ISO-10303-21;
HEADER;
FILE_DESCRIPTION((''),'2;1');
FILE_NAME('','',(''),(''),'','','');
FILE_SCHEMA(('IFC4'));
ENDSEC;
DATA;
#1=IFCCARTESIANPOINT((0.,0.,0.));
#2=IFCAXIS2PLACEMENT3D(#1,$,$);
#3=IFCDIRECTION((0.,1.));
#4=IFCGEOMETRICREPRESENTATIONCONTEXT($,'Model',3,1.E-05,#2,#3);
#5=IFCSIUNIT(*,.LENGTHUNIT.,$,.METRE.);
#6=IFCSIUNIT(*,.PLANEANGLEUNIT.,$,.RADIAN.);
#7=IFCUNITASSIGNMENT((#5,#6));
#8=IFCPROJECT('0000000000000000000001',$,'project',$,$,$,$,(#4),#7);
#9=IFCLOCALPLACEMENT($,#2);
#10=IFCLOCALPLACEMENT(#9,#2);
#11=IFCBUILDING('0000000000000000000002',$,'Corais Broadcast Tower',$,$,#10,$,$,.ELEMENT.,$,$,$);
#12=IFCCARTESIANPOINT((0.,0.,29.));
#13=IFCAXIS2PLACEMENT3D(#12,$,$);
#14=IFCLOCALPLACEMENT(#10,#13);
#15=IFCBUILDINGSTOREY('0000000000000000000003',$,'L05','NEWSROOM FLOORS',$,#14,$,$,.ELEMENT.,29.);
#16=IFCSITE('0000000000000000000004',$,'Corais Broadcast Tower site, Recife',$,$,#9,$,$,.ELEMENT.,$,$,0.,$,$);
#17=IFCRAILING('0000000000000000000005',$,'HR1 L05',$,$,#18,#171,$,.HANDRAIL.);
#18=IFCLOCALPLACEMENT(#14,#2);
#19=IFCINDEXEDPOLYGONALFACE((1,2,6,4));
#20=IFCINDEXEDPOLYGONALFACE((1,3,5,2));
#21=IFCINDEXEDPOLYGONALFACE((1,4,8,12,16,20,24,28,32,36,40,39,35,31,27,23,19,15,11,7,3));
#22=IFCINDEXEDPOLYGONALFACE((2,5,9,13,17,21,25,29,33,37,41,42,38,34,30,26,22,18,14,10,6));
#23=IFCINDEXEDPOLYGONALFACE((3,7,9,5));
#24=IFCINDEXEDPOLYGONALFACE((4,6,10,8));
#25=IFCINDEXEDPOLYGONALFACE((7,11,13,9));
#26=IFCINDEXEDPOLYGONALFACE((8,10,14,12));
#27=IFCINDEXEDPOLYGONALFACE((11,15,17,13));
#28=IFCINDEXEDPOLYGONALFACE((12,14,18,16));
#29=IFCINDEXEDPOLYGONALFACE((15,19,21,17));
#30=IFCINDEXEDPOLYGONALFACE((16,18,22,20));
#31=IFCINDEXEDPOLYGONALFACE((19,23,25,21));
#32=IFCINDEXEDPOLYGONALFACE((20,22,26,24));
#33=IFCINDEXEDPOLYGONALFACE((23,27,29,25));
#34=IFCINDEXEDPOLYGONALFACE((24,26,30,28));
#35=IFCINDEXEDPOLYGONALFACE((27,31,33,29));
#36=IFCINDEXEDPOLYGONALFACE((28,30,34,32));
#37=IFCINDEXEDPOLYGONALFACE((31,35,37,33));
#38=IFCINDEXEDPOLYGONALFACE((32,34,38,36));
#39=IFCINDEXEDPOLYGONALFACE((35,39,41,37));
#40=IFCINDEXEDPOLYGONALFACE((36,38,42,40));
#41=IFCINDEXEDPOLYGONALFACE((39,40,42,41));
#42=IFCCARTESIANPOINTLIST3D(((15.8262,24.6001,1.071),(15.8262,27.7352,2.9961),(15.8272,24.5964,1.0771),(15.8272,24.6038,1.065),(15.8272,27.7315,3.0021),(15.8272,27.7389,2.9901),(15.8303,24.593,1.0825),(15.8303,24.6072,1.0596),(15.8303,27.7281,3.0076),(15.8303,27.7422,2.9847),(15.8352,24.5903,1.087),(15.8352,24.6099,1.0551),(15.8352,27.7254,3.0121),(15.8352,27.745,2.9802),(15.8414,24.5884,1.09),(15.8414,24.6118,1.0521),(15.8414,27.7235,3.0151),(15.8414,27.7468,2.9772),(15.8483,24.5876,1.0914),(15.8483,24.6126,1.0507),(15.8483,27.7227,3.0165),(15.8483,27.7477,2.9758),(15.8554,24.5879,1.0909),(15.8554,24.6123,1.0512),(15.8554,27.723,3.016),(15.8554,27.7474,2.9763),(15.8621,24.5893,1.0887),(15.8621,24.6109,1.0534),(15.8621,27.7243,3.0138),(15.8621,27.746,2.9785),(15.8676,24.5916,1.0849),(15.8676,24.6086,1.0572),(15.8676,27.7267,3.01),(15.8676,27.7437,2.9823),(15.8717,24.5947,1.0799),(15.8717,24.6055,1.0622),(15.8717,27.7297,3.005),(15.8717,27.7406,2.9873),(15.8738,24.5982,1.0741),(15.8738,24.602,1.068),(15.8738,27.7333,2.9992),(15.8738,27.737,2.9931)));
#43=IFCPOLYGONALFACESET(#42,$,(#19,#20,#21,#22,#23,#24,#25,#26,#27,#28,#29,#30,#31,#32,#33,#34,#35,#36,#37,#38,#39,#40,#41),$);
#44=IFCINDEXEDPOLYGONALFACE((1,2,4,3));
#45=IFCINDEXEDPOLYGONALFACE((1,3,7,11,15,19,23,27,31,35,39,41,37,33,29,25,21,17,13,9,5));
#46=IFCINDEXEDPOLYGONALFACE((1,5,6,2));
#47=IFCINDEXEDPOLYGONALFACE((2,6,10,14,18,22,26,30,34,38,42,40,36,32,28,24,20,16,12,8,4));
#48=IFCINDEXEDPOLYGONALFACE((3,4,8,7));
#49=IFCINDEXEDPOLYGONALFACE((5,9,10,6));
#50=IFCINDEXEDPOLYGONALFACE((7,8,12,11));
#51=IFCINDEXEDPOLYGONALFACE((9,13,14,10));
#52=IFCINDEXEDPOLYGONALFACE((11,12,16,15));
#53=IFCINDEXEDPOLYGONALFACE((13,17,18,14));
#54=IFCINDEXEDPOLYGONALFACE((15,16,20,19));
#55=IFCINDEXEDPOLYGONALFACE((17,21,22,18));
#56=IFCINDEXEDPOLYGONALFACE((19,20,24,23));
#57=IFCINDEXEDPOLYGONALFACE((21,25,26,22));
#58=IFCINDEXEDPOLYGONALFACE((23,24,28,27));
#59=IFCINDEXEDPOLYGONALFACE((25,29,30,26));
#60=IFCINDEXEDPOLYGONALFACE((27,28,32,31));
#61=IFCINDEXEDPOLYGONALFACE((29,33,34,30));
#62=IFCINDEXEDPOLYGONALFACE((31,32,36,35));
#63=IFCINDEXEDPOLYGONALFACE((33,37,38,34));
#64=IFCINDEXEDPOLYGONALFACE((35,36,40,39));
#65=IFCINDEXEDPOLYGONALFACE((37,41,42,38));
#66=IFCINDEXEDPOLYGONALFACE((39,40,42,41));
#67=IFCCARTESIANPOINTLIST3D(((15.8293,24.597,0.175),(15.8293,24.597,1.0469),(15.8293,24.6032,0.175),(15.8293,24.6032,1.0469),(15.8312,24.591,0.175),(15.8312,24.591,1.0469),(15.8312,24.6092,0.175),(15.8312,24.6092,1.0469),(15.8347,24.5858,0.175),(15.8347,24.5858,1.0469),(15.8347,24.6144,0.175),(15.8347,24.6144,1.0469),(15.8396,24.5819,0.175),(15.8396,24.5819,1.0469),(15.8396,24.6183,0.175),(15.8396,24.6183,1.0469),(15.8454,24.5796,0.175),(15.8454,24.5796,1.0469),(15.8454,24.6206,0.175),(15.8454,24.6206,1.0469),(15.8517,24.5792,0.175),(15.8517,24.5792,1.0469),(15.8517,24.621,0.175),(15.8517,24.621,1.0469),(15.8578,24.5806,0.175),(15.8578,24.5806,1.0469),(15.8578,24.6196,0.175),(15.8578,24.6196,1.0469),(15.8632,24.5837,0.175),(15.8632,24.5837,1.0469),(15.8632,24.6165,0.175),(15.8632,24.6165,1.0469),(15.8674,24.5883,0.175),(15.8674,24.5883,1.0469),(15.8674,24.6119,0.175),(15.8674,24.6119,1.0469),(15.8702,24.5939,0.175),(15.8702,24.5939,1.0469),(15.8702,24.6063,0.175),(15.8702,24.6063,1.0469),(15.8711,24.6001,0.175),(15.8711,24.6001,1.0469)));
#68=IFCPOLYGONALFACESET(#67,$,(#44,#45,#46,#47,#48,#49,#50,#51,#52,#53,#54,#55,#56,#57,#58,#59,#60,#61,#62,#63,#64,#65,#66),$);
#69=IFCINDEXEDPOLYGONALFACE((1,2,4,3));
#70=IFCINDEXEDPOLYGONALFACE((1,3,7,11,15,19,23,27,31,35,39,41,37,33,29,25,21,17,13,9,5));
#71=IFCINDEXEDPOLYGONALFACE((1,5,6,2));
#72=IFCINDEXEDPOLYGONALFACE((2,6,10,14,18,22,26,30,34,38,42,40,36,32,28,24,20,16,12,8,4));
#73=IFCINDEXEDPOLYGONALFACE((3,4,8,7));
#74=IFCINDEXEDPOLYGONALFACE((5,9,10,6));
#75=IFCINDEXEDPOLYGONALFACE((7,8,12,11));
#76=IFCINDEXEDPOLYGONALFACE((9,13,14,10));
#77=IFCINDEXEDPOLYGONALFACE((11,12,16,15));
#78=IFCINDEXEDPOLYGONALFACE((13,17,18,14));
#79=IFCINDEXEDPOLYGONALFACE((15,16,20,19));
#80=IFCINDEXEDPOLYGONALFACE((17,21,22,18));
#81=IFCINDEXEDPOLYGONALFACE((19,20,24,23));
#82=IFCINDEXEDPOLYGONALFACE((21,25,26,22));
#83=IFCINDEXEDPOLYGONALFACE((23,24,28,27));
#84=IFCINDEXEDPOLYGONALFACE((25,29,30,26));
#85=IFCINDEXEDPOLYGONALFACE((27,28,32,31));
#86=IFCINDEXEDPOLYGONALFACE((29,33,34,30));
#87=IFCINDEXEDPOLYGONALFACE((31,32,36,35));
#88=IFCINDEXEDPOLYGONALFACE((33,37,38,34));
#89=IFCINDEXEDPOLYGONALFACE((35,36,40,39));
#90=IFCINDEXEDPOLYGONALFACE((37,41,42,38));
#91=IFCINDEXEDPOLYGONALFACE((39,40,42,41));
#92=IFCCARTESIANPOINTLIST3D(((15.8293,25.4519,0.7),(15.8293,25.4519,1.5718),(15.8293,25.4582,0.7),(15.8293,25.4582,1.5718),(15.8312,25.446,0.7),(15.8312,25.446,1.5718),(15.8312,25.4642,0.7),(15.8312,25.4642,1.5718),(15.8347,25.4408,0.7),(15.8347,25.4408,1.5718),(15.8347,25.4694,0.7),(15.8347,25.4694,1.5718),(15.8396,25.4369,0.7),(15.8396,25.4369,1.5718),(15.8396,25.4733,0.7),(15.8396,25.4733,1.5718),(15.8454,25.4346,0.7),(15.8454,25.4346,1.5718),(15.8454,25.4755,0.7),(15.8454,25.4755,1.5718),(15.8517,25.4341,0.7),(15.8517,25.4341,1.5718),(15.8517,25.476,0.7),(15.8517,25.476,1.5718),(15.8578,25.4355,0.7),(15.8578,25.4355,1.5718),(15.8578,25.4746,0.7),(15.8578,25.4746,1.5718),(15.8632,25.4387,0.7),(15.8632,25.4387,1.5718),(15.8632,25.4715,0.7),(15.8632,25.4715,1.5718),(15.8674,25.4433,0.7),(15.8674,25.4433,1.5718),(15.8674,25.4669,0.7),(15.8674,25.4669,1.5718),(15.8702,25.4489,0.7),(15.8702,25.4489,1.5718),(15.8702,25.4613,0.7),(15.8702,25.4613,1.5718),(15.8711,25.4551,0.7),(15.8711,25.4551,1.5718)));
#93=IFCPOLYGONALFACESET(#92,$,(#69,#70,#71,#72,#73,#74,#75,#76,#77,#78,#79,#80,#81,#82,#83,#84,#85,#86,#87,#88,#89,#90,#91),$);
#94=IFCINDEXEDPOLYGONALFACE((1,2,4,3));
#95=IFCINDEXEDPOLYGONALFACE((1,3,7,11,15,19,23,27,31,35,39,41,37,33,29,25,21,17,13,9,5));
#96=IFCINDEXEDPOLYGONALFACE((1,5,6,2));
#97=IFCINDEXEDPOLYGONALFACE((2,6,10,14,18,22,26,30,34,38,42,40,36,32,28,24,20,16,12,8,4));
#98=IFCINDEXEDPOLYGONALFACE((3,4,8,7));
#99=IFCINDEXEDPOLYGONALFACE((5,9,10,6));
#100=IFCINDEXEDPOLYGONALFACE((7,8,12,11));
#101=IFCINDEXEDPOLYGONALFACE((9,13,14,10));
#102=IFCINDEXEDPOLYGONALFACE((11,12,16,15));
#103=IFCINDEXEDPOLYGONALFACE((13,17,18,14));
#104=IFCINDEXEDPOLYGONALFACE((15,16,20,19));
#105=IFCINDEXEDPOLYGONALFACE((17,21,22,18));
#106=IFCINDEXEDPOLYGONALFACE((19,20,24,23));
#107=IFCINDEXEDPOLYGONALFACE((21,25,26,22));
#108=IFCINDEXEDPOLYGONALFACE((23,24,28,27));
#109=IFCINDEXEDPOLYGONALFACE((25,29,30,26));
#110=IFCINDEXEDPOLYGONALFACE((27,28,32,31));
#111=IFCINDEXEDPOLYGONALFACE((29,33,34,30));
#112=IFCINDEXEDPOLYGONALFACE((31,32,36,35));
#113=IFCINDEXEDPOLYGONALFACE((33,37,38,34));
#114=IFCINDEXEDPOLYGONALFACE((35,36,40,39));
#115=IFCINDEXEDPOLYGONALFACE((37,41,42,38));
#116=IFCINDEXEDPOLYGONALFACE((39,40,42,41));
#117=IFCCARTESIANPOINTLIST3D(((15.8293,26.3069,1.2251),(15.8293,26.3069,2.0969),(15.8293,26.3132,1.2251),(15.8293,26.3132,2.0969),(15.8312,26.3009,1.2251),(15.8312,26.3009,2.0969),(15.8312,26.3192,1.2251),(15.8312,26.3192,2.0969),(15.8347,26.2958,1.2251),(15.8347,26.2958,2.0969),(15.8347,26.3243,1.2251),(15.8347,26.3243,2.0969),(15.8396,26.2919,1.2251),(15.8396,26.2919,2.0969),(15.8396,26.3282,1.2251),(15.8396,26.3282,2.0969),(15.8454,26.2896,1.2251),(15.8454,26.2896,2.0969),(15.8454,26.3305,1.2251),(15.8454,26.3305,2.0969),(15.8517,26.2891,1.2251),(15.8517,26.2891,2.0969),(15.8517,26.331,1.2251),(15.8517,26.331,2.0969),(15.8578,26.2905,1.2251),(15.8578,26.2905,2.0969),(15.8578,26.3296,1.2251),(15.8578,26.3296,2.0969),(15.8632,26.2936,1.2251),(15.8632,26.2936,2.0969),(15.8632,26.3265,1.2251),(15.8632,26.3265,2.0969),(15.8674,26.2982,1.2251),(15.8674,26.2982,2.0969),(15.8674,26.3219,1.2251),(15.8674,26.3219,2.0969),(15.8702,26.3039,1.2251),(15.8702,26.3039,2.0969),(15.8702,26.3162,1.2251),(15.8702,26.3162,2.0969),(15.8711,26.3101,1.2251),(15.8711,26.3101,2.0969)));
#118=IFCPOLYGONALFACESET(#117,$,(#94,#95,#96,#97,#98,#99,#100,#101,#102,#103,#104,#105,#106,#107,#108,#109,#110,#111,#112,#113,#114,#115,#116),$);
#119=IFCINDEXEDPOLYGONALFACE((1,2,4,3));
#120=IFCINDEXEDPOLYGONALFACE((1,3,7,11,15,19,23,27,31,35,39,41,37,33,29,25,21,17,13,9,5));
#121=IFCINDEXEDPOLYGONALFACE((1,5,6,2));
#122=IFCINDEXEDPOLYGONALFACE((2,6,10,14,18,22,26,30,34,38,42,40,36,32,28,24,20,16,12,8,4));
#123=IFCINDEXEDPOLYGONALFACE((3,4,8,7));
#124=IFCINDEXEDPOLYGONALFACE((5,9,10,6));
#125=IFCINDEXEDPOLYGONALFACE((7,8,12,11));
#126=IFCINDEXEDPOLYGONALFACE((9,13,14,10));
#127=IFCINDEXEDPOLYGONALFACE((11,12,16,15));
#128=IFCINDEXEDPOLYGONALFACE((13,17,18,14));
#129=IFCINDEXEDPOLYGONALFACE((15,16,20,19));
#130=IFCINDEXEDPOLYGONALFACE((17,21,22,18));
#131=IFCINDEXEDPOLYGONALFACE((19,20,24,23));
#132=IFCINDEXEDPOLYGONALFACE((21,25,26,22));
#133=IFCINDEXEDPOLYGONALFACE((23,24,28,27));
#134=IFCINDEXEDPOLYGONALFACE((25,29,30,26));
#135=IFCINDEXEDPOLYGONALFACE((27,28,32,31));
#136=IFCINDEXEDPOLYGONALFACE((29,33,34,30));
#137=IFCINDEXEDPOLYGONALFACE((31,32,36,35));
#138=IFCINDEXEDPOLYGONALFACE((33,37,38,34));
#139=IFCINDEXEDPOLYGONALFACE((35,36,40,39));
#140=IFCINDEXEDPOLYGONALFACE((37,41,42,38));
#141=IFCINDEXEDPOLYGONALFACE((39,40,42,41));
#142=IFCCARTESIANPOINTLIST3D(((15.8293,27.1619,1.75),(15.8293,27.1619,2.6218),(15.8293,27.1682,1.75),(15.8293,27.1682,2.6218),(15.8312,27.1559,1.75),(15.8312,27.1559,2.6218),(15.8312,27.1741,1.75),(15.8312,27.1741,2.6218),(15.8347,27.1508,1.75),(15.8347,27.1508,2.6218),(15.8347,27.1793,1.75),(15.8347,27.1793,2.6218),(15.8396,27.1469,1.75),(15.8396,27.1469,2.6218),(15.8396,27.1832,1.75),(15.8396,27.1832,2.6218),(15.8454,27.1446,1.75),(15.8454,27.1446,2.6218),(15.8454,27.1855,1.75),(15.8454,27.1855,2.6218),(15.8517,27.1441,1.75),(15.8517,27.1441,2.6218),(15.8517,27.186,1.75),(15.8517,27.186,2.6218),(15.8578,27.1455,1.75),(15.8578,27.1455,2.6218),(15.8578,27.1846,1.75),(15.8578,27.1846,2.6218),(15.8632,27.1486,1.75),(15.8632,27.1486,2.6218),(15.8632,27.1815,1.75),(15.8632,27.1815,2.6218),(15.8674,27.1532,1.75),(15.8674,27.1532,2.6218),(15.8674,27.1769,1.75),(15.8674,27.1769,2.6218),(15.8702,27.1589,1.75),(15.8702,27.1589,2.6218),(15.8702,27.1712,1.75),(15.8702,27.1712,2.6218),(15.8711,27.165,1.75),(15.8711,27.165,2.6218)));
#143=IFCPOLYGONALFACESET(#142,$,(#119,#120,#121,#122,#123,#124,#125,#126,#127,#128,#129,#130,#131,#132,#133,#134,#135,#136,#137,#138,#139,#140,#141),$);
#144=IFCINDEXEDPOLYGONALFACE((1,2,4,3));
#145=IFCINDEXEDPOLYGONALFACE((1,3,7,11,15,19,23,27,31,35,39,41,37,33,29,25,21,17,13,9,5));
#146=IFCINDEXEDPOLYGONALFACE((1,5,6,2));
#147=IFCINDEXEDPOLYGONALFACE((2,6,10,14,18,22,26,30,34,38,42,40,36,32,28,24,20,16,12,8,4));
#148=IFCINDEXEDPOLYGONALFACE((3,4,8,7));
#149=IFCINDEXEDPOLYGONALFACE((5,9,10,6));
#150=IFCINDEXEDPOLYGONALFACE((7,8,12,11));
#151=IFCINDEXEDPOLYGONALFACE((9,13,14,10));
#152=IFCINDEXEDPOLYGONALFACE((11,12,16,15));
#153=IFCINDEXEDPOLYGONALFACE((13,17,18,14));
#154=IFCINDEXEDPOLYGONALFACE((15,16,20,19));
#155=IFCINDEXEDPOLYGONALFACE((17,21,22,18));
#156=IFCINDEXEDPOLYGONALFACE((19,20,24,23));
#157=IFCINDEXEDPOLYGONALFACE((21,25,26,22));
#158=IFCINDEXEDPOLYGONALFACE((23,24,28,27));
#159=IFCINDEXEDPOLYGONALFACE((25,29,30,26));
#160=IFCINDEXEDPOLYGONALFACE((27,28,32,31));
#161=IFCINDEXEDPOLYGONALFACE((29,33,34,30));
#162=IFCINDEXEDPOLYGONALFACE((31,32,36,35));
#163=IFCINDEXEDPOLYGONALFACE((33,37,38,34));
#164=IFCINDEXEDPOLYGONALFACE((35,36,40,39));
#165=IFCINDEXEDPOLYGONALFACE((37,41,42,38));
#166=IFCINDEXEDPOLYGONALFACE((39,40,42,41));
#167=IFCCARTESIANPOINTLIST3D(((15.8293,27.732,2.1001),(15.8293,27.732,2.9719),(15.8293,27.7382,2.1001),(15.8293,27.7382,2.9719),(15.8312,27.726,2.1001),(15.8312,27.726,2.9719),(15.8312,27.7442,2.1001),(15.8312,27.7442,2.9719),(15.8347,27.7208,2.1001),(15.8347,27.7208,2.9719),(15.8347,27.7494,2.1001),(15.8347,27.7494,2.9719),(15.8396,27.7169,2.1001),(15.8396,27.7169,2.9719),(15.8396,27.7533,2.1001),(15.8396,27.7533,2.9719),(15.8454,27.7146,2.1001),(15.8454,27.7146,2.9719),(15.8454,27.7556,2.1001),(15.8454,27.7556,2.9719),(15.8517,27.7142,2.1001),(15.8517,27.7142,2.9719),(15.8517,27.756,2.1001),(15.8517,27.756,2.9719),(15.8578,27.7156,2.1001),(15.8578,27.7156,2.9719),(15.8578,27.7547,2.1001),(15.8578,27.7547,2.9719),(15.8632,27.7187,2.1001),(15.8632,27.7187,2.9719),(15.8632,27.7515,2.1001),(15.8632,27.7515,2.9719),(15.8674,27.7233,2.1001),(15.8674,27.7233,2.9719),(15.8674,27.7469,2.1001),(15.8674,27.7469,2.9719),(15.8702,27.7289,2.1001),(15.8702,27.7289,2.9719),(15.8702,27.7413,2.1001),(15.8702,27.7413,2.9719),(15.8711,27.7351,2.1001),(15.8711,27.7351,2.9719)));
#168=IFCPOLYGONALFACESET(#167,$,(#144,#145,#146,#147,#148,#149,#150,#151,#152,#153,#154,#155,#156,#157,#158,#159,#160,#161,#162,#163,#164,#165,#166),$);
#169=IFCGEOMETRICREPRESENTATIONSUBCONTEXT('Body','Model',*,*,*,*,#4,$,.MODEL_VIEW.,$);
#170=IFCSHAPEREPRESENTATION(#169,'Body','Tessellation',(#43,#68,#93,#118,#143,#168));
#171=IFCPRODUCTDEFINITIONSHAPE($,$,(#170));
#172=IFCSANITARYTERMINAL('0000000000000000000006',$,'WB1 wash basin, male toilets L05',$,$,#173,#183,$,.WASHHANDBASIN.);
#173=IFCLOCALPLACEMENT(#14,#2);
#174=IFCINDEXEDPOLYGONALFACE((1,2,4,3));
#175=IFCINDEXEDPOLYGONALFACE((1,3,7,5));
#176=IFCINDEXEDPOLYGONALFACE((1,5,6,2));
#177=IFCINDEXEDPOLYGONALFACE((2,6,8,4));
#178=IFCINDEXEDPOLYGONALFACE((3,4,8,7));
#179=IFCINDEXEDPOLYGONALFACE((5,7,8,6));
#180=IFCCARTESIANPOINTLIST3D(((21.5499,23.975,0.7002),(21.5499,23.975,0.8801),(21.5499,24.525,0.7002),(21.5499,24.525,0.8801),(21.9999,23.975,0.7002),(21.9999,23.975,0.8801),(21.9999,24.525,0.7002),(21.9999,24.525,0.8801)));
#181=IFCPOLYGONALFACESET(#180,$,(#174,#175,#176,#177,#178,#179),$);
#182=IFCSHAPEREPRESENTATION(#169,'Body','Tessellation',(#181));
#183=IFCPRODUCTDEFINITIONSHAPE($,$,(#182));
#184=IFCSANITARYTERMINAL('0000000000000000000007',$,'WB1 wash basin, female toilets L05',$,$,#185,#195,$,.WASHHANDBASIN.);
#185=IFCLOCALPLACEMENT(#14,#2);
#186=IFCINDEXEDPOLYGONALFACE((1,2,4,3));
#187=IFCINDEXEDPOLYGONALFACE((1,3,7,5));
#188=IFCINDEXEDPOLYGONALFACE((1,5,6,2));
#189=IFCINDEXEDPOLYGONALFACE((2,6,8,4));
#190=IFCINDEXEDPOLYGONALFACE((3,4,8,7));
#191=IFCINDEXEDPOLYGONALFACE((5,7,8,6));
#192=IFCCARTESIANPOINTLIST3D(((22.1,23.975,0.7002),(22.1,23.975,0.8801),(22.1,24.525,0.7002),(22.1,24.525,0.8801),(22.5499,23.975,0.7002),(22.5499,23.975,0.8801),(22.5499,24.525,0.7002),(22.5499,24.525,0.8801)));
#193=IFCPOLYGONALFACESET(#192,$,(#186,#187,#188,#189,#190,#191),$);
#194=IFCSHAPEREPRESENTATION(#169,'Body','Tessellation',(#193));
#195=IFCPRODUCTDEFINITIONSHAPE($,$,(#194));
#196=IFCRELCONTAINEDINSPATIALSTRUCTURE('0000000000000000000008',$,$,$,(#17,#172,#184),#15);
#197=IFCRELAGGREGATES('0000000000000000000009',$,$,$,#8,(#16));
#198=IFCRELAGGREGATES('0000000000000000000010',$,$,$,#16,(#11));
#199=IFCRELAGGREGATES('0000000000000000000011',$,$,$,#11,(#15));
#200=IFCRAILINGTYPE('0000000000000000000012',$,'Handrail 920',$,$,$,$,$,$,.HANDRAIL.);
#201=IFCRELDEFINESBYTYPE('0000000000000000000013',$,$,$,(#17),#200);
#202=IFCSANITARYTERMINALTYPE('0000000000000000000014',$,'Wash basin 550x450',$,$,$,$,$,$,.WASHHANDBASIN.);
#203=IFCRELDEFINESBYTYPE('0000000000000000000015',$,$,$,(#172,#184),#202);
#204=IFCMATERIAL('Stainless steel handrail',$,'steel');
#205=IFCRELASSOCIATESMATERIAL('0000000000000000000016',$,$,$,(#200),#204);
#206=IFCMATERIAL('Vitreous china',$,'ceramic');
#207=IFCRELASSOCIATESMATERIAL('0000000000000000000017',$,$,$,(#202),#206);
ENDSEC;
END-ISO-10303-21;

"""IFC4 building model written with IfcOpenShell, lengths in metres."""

from ifc_helpers import new_model, si_unit, direction, frame, origin, origin_2d, place, context, subcontext, project, spatial, rectangle, circle, extrude, material, type_object, element, save


model = new_model("IFC4")

# Units and contexts
model_context = context("Model", 3, precision=1e-05, world=origin(), true_north=direction((0.0, 1.0)))
body_context = subcontext(model_context, "Body", "Model", "MODEL_VIEW")
ifc_project = project(units=[si_unit("LENGTHUNIT", "METRE"), si_unit("PLANEANGLEUNIT", "RADIAN")], contexts=[model_context])

# Site, building, storey
site_placement = place(None, origin())
site = spatial("IfcSite", under=ifc_project, at=site_placement, Name="Corais Broadcast Tower site, Recife", CompositionType="ELEMENT", RefElevation=0.0)
building_placement = place(site_placement, origin())
building = spatial("IfcBuilding", under=site, at=building_placement, Name="Corais Broadcast Tower", CompositionType="ELEMENT")
storey_placement = place(building_placement, frame((0.0, 0.0, 29.0)))
storey = spatial("IfcBuildingStorey", under=building, at=storey_placement, Name="L05", Description="NEWSROOM FLOORS", CompositionType="ELEMENT", Elevation=29.0)

# Railing
ifc_material_1 = material(Name="Stainless steel handrail", Category="steel")
railing_type = type_object("IfcRailingType", Name="Handrail 920", PredefinedType="HANDRAIL", material=ifc_material_1)
for number, where, name in (
    (1, (15.8501, 24.6001, 0.175), "HR1 L05"),
):
    element("IfcRailing", number, at=place(storey_placement, frame(where)), inside=storey, type_object=railing_type, Name=name, PredefinedType="HANDRAIL", context=body_context, shape_type="SweptSolid", body=[
        extrude(circle(Radius=0.0239, at=origin_2d()), frame((0.0, 0.0, 0.896), z_axis=(0.0, 0.852166, 0.523271), x_axis=(-1.0, 0.0, 0.0)), (0.0, 0.0, 1.0), 3.679),
        extrude(circle(Radius=0.021, at=origin_2d()), origin(), (0.0, 0.0, 1.0), 0.8718),
        extrude(circle(Radius=0.021, at=origin_2d()), frame((0.0, 0.855, 0.5249)), (0.0, 0.0, 1.0), 0.8718),
        extrude(circle(Radius=0.021, at=origin_2d()), frame((0.0, 1.71, 1.05)), (0.0, 0.0, 1.0), 0.8718),
        extrude(circle(Radius=0.021, at=origin_2d()), frame((0.0, 2.5649, 1.575)), (0.0, 0.0, 1.0), 0.8718),
        extrude(circle(Radius=0.021, at=origin_2d()), frame((0.0, 3.135, 1.925)), (0.0, 0.0, 1.0), 0.8718),
    ])

# Sanitary terminals
ifc_material_2 = material(Name="Vitreous china", Category="ceramic")
sanitary_terminal_type = type_object("IfcSanitaryTerminalType", Name="Wash basin 550x450", PredefinedType="WASHHANDBASIN", material=ifc_material_2)
for number, where, z_axis, x_axis, name in (
    (2, (21.7749, 24.25, 0.7002), (0.0, 0.0, 1.0), (1.0, 0.0, 0.0), "WB1 wash basin, male toilets L05"),
    (3, (22.325, 24.25, 0.7002), (0.0, 0.0, 1.0), (1.0, 0.0, 0.0), "WB1 wash basin, female toilets L05"),
):
    element("IfcSanitaryTerminal", number, at=place(storey_placement, frame(where, z_axis=z_axis, x_axis=x_axis)), inside=storey, type_object=sanitary_terminal_type, Name=name, PredefinedType="WASHHANDBASIN", context=body_context, shape_type="SweptSolid", body=[
        extrude(rectangle(XDim=0.45, YDim=0.55, at=origin_2d()), origin(), (0.0, 0.0, 1.0), 0.1799),
    ])

save(model, "model.ifc")
